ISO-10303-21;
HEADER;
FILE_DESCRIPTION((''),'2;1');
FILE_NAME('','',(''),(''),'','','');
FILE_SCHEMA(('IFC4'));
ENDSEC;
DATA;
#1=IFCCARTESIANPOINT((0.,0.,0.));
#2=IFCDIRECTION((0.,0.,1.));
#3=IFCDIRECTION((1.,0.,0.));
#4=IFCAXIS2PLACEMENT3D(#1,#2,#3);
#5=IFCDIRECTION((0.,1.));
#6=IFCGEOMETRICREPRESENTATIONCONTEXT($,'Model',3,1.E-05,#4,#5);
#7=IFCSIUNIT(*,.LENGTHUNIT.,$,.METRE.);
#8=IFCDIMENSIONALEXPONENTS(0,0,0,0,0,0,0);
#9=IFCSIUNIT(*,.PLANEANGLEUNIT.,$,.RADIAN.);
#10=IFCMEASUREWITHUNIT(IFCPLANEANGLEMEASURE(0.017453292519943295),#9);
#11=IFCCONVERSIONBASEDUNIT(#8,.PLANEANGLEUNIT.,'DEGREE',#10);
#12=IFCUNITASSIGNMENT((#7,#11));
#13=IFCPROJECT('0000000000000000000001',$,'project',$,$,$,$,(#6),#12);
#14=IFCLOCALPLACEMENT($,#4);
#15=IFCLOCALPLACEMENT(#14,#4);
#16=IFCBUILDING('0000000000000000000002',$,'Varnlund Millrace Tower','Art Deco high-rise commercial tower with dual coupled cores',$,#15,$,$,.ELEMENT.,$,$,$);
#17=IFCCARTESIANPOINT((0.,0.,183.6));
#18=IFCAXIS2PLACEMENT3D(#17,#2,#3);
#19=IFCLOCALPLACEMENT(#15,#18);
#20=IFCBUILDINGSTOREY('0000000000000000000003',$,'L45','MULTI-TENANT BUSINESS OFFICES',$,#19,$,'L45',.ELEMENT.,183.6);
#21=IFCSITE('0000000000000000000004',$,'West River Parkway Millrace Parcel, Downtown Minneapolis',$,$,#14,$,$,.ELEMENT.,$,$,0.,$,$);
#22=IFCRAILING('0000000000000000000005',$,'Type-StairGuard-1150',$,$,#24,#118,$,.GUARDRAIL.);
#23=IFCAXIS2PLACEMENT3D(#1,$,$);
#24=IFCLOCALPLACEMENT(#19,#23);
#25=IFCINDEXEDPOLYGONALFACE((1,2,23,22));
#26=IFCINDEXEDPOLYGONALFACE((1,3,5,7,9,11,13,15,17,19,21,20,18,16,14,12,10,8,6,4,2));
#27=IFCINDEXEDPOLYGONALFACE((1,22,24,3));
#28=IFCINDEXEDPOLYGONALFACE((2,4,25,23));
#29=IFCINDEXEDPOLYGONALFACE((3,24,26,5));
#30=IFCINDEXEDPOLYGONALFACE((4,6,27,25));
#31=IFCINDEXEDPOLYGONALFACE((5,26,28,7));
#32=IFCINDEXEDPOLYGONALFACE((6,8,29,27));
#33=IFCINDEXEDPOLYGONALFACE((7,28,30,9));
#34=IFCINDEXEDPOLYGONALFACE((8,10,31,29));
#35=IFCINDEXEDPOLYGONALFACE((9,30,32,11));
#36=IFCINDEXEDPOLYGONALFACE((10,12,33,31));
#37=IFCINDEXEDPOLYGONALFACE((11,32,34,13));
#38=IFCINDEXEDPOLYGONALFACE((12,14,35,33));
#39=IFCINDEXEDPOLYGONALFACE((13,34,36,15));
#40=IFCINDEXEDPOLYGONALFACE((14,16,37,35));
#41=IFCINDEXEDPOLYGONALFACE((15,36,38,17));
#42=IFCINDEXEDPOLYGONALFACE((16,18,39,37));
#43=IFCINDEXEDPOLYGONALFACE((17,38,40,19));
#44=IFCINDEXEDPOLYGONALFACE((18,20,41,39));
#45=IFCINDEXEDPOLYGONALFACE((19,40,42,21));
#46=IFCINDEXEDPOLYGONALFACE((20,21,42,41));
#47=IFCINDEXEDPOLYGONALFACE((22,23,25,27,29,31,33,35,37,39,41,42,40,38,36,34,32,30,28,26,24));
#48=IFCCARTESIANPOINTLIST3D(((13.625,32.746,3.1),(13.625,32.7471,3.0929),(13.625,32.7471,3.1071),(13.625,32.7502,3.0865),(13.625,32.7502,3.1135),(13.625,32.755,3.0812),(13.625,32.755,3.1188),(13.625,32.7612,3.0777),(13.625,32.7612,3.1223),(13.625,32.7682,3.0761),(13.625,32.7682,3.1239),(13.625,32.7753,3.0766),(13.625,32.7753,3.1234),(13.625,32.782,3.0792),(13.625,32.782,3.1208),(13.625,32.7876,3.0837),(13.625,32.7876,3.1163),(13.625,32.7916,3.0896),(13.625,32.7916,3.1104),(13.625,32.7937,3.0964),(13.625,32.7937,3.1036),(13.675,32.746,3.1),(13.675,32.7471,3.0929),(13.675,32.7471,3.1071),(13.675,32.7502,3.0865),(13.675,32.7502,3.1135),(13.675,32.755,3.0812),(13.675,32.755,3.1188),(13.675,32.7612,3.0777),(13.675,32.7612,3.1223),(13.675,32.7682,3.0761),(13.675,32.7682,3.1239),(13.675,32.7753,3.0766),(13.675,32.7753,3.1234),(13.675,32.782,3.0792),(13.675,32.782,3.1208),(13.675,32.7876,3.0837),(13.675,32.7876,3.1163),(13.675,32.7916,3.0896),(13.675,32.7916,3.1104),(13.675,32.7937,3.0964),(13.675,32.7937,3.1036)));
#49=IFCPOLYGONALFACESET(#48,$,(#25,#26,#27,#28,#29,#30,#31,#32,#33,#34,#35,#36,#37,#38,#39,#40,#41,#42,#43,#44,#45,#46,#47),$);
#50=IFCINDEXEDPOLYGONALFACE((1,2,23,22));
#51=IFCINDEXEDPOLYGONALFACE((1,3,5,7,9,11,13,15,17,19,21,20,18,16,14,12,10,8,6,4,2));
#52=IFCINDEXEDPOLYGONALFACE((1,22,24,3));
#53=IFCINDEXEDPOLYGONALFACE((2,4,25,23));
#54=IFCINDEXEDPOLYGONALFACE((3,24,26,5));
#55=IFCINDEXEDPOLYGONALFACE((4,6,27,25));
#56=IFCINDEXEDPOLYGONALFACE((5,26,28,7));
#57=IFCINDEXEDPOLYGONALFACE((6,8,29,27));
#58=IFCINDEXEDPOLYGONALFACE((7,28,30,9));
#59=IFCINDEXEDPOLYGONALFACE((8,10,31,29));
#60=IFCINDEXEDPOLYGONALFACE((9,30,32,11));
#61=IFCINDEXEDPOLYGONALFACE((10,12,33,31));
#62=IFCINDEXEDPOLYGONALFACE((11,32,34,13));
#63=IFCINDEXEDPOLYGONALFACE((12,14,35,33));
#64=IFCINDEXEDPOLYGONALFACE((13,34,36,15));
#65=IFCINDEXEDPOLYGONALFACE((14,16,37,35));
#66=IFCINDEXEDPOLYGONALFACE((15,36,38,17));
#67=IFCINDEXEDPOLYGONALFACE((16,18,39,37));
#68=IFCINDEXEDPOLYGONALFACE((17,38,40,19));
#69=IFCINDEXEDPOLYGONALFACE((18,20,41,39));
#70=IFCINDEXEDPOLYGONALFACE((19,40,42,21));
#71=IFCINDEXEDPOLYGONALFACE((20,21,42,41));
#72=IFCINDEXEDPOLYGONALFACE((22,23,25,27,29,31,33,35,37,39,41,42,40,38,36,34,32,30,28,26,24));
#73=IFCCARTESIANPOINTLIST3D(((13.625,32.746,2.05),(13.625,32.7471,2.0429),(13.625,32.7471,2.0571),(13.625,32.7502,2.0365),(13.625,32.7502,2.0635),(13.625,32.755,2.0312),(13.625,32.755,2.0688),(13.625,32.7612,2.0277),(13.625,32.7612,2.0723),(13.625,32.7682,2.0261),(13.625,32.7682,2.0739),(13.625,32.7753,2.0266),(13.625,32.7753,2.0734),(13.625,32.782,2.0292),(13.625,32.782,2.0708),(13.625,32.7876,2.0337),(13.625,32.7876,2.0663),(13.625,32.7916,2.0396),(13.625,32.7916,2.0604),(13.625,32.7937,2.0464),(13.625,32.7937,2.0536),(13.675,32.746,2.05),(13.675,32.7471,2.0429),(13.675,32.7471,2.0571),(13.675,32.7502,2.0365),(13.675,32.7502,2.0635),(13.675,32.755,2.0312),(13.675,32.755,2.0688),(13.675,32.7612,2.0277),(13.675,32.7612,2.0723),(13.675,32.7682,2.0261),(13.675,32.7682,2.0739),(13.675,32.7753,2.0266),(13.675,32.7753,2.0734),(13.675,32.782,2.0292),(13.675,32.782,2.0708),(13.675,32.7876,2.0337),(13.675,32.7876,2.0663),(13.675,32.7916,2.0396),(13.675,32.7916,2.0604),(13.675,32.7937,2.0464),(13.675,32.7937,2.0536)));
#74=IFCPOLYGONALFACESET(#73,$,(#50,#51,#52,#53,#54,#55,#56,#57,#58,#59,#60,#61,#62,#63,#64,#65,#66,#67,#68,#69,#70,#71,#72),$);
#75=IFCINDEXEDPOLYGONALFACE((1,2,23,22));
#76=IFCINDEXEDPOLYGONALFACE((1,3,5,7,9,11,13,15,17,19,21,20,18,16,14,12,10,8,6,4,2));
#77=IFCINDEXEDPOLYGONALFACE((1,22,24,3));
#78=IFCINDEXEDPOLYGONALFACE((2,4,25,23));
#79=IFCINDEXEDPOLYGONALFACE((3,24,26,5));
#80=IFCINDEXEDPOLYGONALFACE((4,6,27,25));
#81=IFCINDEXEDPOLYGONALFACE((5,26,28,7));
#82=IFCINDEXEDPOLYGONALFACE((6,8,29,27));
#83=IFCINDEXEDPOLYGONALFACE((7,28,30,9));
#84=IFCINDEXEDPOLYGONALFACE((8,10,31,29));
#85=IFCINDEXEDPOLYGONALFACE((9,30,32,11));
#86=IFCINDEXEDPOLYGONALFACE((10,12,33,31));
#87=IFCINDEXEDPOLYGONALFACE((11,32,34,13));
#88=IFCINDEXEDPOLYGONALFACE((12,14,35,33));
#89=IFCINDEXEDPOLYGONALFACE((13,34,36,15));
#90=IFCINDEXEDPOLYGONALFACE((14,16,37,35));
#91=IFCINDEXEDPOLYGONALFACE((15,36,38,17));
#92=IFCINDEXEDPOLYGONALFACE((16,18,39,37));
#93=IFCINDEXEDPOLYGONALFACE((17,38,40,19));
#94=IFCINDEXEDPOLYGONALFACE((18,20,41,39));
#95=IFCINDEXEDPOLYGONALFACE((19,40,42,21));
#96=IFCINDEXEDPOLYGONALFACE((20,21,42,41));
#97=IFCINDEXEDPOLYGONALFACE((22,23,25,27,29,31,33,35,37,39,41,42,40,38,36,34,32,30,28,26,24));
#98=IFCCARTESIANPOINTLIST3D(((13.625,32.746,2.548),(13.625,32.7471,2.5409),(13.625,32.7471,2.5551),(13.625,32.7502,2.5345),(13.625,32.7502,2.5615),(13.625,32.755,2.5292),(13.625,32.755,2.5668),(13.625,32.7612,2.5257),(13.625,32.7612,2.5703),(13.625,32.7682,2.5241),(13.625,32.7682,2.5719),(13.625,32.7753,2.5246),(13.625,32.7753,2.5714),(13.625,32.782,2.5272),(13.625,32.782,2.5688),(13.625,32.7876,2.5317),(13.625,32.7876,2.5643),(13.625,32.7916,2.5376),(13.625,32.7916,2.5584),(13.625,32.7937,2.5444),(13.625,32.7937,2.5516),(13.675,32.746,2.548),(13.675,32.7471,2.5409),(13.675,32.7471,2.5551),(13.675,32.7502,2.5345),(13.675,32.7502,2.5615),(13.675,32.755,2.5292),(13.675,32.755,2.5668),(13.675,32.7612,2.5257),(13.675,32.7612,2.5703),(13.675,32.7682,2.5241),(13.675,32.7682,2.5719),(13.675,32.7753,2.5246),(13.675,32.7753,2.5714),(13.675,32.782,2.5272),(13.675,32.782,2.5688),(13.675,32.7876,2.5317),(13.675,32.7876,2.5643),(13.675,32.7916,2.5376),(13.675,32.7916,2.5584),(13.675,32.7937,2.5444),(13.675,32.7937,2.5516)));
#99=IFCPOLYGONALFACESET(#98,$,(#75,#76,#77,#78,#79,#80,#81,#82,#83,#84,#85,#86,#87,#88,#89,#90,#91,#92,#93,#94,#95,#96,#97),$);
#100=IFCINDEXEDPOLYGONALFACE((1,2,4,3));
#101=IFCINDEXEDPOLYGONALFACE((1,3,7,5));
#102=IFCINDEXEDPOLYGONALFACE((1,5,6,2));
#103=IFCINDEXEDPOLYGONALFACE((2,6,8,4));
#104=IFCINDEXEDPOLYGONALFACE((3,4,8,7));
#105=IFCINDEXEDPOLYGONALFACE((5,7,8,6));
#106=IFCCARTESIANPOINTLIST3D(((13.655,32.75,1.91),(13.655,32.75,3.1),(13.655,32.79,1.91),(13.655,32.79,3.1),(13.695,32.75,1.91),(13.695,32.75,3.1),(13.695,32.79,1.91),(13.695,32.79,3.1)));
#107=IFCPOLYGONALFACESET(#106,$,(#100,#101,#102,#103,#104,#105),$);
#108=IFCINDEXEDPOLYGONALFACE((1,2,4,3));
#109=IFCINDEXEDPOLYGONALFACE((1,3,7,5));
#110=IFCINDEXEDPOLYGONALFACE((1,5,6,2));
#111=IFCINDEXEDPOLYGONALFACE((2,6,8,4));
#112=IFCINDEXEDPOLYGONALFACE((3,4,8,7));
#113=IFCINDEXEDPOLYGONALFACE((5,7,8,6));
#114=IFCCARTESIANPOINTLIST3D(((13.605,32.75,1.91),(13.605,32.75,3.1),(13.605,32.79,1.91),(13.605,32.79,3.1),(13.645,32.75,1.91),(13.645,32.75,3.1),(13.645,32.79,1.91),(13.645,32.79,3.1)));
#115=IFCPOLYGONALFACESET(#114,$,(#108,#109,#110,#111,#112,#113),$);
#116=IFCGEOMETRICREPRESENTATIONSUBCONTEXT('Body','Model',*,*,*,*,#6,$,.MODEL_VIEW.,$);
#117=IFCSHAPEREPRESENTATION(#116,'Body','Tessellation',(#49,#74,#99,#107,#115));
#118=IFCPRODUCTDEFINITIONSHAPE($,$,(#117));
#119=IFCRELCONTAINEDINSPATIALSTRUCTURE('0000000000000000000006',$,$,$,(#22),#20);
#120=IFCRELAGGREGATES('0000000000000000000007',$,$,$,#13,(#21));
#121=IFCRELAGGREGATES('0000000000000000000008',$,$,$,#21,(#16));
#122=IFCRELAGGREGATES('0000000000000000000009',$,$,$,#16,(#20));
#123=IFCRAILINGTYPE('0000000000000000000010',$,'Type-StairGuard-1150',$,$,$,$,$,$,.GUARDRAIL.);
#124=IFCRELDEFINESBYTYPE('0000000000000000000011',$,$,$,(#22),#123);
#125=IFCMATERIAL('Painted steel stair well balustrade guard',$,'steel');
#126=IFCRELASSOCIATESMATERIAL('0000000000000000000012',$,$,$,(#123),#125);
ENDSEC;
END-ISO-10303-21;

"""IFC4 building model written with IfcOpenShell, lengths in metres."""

from ifc_helpers import new_model, entity, si_unit, converted_unit, direction, frame, origin_with_axes, origin_2d_with_axis, place, context, subcontext, project, spatial, rectangle, circle, extrude, material, type_object, element, save


model = new_model("IFC4")

# Units and contexts
model_context = context("Model", 3, precision=1e-05, world=origin_with_axes(), true_north=direction((0.0, 1.0)))
body_context = subcontext(model_context, "Body", "Model", "MODEL_VIEW")
ifc_project = project(units=[si_unit("LENGTHUNIT", "METRE"), converted_unit("PLANEANGLEUNIT", "DEGREE", entity("IfcPlaneAngleMeasure", 0.017453292519943295), si_unit("PLANEANGLEUNIT", "RADIAN"), dimensions=[0, 0, 0, 0, 0, 0, 0])], contexts=[model_context])

# Site, building, storey
site_placement = place(None, origin_with_axes())
site = spatial("IfcSite", under=ifc_project, at=site_placement, Name="West River Parkway Millrace Parcel, Downtown Minneapolis", CompositionType="ELEMENT", RefElevation=0.0)
building_placement = place(site_placement, origin_with_axes())
building = spatial("IfcBuilding", under=site, at=building_placement, Name="Varnlund Millrace Tower", Description="Art Deco high-rise commercial tower with dual coupled cores", CompositionType="ELEMENT")
storey_placement = place(building_placement, frame((0.0, 0.0, 183.6), z_axis=(0.0, 0.0, 1.0), x_axis=(1.0, 0.0, 0.0)))
storey = spatial("IfcBuildingStorey", under=building, at=storey_placement, Name="L45", Description="MULTI-TENANT BUSINESS OFFICES", LongName="L45", CompositionType="ELEMENT", Elevation=183.6)

# Railing
ifc_material_1 = material(Name="Painted steel stair well balustrade guard", Category="steel")
railing_type_1 = type_object("IfcRailingType", Name="Type-StairGuard-1150", PredefinedType="GUARDRAIL", material=ifc_material_1)
railing_1_placement = place(storey_placement, frame((0.0, 0.0, -183.6), z_axis=(0.0, 0.0, 1.0), x_axis=(1.0, 0.0, 0.0)))
element("IfcRailing", 1, at=railing_1_placement, inside=storey, type_object=railing_type_1, Name="Type-StairGuard-1150", PredefinedType="GUARDRAIL", context=body_context, shape_type="SweptSolid", body=[
    extrude(circle(Radius=0.024, at=origin_2d_with_axis()), frame((13.675, 32.77, 186.7), z_axis=(-1.0, 0.0, 0.0), x_axis=(0.0, -1.0, 0.0)), (0.0, 0.0, 1.0), 0.05),
    extrude(circle(Radius=0.024, at=origin_2d_with_axis()), frame((13.675, 32.77, 185.65), z_axis=(-1.0, 0.0, 0.0), x_axis=(0.0, -1.0, 0.0)), (0.0, 0.0, 1.0), 0.05),
    extrude(circle(Radius=0.024, at=origin_2d_with_axis()), frame((13.675, 32.77, 186.148), z_axis=(-1.0, 0.0, 0.0), x_axis=(0.0, -1.0, 0.0)), (0.0, 0.0, 1.0), 0.05),
    extrude(rectangle(XDim=0.04, YDim=0.04, at=origin_2d_with_axis()), frame((13.675, 32.77, 185.51), z_axis=(0.0, 0.0, 1.0), x_axis=(1.0, 0.0, 0.0)), (0.0, 0.0, 1.0), 1.19),
    extrude(rectangle(XDim=0.04, YDim=0.04, at=origin_2d_with_axis()), frame((13.625, 32.77, 185.51), z_axis=(0.0, 0.0, 1.0), x_axis=(1.0, 0.0, 0.0)), (0.0, 0.0, 1.0), 1.19),
])

save(model, "model.ifc")
